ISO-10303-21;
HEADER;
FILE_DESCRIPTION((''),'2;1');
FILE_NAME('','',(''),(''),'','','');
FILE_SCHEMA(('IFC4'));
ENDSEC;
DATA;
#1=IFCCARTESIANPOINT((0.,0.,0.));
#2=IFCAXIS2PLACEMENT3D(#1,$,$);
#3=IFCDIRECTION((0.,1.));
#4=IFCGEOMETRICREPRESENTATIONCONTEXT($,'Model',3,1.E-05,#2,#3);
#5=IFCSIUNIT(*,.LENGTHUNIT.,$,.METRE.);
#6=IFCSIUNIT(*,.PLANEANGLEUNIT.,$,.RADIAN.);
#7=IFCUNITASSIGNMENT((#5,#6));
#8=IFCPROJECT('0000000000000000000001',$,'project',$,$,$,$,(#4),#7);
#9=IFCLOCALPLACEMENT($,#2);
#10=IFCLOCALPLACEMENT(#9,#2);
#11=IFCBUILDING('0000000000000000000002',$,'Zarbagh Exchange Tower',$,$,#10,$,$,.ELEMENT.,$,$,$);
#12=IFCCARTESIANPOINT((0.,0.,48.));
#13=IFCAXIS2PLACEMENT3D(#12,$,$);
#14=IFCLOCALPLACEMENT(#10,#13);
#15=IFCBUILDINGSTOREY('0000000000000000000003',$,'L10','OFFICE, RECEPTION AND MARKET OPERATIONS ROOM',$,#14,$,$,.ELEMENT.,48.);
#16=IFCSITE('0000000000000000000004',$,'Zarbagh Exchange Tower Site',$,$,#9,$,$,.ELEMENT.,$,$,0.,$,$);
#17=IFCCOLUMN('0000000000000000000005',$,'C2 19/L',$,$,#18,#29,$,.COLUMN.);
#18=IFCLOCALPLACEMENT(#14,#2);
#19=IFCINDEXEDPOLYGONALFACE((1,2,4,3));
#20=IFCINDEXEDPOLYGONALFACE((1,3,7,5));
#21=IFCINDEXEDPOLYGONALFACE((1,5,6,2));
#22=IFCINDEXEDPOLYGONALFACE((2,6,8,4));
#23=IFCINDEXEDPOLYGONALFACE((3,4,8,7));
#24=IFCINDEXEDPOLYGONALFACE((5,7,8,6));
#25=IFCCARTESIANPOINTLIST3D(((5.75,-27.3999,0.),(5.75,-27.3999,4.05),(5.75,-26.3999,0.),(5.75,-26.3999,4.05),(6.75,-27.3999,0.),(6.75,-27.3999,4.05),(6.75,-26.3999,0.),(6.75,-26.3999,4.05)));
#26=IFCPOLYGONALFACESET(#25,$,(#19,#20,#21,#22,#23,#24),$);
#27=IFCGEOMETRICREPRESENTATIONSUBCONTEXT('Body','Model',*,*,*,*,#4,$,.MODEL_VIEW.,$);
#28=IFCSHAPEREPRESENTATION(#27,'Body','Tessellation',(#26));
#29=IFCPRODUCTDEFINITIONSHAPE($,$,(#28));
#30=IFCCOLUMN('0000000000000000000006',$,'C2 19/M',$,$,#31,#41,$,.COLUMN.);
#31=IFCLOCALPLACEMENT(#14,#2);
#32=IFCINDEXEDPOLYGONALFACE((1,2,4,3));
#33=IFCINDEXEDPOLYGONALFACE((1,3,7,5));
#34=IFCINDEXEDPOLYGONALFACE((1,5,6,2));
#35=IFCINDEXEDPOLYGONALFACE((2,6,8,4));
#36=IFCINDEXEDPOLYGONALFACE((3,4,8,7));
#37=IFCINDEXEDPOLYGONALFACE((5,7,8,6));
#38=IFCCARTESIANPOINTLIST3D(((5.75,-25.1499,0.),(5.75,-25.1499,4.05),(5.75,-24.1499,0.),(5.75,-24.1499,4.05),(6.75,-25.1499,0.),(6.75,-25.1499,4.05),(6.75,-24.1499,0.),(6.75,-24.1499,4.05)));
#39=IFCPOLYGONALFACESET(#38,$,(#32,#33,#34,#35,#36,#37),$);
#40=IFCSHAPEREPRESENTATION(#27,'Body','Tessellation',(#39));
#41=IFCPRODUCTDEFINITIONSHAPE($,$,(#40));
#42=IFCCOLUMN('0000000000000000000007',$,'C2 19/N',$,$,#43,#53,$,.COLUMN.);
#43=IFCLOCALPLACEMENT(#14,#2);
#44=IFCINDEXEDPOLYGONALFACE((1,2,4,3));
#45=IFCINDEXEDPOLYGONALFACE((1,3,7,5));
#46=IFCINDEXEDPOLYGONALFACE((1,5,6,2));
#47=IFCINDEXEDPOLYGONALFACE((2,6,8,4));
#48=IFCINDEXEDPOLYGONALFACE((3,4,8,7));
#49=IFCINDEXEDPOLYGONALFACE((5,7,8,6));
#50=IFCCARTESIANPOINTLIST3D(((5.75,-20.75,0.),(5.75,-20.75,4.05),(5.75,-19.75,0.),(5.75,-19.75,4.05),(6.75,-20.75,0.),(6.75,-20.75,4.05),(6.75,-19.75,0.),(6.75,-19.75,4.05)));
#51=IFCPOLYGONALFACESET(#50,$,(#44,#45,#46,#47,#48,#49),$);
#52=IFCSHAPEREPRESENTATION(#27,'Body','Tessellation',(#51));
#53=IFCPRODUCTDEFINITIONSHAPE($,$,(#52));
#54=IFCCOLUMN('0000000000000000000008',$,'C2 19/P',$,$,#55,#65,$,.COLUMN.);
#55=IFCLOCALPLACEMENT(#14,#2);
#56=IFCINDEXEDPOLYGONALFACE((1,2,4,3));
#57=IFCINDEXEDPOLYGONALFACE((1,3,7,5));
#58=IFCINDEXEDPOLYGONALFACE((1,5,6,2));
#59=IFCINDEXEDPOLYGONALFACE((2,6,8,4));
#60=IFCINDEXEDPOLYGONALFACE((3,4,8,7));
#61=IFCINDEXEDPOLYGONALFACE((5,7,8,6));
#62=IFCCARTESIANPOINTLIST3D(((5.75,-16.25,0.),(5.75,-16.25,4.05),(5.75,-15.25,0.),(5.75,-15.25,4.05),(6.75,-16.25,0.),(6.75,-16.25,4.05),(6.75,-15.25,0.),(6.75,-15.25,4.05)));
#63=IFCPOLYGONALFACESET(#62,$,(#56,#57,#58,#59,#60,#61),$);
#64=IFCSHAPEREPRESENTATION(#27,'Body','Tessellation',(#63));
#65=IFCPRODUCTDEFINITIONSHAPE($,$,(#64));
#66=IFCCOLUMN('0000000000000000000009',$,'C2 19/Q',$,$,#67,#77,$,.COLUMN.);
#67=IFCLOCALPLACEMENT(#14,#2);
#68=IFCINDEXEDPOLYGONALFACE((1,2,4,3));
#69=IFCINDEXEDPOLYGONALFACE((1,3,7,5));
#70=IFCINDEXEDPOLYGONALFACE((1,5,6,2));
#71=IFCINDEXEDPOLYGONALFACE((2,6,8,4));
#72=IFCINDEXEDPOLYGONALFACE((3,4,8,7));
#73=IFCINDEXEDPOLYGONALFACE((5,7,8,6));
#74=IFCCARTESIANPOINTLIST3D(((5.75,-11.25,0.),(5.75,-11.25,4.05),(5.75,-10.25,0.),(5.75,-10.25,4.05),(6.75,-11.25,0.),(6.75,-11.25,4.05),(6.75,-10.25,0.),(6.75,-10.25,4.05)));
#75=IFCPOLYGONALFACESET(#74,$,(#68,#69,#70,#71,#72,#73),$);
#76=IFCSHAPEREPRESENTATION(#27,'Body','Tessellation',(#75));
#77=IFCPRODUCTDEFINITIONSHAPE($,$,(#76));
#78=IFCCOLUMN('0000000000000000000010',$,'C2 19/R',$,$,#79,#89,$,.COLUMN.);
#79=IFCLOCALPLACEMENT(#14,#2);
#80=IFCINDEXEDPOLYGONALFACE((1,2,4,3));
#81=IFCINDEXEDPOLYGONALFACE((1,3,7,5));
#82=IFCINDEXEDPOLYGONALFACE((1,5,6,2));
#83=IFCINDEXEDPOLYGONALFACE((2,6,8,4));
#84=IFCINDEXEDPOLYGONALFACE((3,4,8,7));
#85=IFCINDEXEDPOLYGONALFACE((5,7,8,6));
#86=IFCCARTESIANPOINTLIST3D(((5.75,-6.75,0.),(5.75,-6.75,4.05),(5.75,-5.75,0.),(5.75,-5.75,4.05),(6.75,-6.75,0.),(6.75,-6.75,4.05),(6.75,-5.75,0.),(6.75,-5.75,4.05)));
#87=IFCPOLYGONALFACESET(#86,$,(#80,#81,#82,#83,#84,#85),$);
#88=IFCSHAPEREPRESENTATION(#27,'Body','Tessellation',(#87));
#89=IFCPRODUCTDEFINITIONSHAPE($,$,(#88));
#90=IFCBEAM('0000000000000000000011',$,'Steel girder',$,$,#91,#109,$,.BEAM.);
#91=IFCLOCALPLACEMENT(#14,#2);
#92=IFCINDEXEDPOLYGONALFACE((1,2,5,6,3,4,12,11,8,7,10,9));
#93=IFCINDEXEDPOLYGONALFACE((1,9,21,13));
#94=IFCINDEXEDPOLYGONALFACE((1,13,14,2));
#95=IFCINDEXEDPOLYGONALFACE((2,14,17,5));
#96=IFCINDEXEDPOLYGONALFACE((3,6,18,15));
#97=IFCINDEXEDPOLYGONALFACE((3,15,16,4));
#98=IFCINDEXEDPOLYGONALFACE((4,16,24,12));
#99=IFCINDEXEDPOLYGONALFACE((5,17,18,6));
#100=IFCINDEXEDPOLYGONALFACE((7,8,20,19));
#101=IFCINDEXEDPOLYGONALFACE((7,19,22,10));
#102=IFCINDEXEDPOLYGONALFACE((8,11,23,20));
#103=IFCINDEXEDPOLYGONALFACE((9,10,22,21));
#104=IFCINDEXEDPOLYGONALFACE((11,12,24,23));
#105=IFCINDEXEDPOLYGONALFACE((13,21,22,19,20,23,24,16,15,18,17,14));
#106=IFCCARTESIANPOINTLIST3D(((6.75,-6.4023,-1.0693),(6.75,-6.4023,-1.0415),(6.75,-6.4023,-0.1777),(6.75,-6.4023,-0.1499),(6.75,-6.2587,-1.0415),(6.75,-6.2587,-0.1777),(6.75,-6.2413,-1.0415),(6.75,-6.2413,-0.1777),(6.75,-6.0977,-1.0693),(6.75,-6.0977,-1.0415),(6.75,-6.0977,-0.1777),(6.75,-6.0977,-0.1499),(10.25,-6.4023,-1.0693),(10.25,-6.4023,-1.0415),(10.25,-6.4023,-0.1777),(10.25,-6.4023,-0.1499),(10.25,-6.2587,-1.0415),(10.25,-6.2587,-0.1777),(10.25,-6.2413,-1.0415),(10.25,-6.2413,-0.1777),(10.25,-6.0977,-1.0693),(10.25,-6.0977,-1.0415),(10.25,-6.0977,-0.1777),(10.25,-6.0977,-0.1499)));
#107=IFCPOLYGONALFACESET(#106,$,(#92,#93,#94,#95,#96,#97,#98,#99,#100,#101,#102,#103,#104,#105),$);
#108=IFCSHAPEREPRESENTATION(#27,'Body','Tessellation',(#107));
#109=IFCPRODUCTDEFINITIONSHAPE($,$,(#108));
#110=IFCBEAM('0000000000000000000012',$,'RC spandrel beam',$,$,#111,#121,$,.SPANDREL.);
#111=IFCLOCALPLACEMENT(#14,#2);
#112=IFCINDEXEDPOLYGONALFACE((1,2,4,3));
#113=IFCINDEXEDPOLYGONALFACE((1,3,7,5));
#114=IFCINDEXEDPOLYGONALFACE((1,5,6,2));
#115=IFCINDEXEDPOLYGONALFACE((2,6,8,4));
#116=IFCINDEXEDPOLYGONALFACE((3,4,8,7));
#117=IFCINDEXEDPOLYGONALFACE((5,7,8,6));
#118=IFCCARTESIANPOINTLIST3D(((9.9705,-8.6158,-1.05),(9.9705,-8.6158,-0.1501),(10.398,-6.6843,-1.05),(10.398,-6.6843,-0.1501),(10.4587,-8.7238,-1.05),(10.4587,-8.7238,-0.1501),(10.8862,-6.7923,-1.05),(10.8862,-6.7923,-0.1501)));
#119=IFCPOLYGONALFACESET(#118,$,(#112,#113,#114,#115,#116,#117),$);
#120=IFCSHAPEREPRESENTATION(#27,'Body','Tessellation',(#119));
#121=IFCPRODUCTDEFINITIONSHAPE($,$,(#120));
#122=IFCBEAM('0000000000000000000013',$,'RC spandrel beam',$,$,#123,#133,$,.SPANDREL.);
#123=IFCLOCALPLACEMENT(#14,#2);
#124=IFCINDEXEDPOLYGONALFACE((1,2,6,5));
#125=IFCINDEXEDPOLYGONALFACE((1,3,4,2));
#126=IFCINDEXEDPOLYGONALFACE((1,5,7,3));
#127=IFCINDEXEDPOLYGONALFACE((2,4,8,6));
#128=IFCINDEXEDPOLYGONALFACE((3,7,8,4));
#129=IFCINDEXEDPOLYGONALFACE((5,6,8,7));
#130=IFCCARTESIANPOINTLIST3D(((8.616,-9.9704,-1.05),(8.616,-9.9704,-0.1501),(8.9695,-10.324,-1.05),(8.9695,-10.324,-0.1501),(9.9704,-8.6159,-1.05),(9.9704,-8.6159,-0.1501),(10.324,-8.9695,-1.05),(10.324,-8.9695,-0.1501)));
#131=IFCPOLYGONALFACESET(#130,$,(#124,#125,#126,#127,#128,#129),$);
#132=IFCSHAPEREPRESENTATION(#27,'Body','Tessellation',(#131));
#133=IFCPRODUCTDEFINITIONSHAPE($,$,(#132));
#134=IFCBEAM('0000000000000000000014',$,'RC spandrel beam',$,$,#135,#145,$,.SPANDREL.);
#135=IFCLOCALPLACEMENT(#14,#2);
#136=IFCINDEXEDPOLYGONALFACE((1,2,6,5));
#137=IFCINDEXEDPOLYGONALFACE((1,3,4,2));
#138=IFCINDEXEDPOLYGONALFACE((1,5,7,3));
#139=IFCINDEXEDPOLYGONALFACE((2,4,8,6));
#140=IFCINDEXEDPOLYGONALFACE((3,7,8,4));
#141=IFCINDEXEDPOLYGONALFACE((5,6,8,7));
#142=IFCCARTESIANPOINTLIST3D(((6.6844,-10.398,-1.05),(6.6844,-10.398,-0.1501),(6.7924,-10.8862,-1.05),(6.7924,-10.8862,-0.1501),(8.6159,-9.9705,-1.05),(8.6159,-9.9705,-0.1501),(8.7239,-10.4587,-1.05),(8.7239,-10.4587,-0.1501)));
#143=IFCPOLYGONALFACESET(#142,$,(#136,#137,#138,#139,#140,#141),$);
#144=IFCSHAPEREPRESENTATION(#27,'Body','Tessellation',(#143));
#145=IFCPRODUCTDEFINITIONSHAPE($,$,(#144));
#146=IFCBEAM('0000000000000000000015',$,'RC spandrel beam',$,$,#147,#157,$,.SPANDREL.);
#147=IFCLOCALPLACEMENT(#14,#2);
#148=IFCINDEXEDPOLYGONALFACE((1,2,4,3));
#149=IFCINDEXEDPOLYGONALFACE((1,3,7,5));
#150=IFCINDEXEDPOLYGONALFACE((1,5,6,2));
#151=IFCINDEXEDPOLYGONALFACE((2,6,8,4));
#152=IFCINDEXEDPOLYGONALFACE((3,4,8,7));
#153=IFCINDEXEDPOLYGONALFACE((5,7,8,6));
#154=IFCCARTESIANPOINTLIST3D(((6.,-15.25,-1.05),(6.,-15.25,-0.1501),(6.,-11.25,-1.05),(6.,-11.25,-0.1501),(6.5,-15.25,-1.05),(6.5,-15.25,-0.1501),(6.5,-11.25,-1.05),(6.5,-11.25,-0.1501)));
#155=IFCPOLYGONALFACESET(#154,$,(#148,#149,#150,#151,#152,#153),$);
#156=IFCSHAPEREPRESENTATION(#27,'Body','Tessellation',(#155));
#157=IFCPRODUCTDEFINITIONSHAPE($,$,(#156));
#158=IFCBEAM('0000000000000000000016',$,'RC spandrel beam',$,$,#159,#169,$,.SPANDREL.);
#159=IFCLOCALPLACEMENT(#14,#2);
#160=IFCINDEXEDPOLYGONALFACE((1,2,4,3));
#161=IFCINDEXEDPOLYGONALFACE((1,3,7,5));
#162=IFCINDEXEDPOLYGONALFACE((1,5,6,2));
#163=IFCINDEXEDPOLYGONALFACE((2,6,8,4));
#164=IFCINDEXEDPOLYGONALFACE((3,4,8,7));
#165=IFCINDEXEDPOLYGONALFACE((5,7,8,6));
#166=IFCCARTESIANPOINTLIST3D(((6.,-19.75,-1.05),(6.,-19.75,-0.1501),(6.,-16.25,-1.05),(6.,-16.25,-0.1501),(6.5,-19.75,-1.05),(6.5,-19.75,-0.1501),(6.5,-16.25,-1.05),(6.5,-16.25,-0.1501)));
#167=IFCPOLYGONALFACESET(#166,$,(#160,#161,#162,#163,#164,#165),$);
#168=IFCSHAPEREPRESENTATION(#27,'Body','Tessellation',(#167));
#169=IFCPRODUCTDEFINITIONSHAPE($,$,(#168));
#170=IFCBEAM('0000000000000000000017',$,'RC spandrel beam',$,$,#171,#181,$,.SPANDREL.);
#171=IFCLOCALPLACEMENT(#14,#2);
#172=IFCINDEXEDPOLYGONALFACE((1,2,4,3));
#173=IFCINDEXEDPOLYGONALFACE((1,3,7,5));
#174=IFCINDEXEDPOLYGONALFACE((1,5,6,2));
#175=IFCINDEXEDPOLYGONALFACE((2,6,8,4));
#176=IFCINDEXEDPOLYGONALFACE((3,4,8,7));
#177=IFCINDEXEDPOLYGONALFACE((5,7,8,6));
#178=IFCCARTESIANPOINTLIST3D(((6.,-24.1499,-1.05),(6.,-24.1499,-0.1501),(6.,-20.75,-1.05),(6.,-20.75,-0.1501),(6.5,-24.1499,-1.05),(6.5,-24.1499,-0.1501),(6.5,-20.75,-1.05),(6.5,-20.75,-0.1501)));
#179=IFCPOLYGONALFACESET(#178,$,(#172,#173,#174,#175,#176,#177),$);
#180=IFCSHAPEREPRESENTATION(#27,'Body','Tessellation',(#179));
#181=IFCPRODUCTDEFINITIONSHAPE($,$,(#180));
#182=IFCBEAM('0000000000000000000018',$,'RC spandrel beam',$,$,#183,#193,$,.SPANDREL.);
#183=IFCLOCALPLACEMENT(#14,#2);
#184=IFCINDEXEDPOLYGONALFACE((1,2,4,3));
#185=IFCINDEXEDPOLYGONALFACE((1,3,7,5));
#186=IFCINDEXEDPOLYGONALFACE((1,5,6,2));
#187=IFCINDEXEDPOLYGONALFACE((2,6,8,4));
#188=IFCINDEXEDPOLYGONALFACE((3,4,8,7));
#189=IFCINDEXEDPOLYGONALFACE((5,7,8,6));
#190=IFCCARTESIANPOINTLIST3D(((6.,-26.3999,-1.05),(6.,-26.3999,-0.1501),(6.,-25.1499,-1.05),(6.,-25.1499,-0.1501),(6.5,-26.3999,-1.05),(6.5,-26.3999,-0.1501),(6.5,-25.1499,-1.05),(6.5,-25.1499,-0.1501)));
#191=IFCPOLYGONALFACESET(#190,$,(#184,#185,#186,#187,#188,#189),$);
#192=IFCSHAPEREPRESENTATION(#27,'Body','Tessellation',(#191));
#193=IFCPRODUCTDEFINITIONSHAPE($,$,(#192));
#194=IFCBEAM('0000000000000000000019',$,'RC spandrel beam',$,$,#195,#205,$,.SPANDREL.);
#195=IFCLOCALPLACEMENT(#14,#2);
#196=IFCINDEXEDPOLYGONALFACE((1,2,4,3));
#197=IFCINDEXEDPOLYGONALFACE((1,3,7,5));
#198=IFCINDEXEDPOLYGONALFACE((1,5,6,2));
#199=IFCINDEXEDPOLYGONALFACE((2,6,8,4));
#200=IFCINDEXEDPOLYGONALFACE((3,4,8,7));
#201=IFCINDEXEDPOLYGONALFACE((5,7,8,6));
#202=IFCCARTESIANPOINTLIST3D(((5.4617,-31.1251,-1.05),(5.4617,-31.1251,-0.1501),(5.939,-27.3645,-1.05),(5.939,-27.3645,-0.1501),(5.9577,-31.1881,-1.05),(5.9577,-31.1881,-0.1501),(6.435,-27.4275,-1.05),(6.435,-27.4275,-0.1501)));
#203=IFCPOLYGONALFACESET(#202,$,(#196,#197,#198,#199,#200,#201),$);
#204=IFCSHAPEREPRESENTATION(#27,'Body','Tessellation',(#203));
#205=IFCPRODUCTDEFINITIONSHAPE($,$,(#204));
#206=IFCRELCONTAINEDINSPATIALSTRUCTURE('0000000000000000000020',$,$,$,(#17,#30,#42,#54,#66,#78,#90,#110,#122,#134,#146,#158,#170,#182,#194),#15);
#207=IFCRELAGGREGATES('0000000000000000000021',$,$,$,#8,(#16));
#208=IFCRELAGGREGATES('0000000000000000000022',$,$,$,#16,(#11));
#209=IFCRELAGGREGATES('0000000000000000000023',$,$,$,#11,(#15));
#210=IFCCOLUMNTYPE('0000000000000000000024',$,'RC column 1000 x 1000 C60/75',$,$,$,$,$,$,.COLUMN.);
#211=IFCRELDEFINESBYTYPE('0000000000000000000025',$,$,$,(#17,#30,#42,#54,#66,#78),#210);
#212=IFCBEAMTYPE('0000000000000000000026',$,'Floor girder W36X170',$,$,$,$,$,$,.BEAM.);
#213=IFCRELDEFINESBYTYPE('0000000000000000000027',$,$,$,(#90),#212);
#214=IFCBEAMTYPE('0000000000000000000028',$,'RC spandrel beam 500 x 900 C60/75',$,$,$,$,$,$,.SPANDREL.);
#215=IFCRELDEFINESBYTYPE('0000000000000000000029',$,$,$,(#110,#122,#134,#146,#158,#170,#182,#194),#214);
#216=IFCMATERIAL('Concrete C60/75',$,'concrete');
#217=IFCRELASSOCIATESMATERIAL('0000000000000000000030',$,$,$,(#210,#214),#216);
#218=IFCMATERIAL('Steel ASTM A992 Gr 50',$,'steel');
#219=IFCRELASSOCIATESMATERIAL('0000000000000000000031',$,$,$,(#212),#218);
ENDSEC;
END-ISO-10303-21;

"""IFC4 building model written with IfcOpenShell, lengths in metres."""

from ifc_helpers import new_model, si_unit, direction, frame, origin, origin_2d, place, context, subcontext, project, spatial, rectangle, i_section, extrude, material, material_profile, profile_set, type_object, element, save


model = new_model("IFC4")

# Units and contexts
model_context = context("Model", 3, precision=1e-05, world=origin(), true_north=direction((0.0, 1.0)))
body_context = subcontext(model_context, "Body", "Model", "MODEL_VIEW")
ifc_project = project(units=[si_unit("LENGTHUNIT", "METRE"), si_unit("PLANEANGLEUNIT", "RADIAN")], contexts=[model_context])

# Site, building, storey
site_placement = place(None, origin())
site = spatial("IfcSite", under=ifc_project, at=site_placement, Name="Zarbagh Exchange Tower Site", CompositionType="ELEMENT", RefElevation=0.0)
building_placement = place(site_placement, origin())
building = spatial("IfcBuilding", under=site, at=building_placement, Name="Zarbagh Exchange Tower", CompositionType="ELEMENT")
storey_placement = place(building_placement, frame((0.0, 0.0, 48.0)))
storey = spatial("IfcBuildingStorey", under=building, at=storey_placement, Name="L10", Description="OFFICE, RECEPTION AND MARKET OPERATIONS ROOM", CompositionType="ELEMENT", Elevation=48.0)

# Columns
ifc_material_1 = material(Name="Concrete C60/75", Category="concrete")
ifc_material_profile_1 = material_profile(ifc_material_1, rectangle(XDim=1.0, YDim=1.0, at=origin_2d()), Name="RC column 1000 x 1000 C60/75")
ifc_profile_set_1 = profile_set([ifc_material_profile_1], Name="Concrete C60/75")
column_type = type_object("IfcColumnType", Name="RC column 1000 x 1000 C60/75", PredefinedType="COLUMN", material=ifc_profile_set_1)
for number, where, z_axis, x_axis, name in (
    (1, (6.25, -26.8999, 0.0), (0.0, 0.0, 1.0), (1.0, 0.0, 0.0), "C2 19/L"),
    (2, (6.25, -24.6499, 0.0), (0.0, 0.0, 1.0), (1.0, 0.0, 0.0), "C2 19/M"),
    (3, (6.25, -20.25, 0.0), (0.0, 0.0, 1.0), (1.0, 0.0, 0.0), "C2 19/N"),
    (4, (6.25, -15.75, 0.0), (0.0, 0.0, 1.0), (1.0, 0.0, 0.0), "C2 19/P"),
    (5, (6.25, -10.75, 0.0), (0.0, 0.0, 1.0), (1.0, 0.0, 0.0), "C2 19/Q"),
    (6, (6.25, -6.25, 0.0), (0.0, 0.0, 1.0), (1.0, 0.0, 0.0), "C2 19/R"),
):
    element("IfcColumn", number, at=place(storey_placement, frame(where, z_axis=z_axis, x_axis=x_axis)), inside=storey, type_object=column_type, Name=name, PredefinedType="COLUMN", context=body_context, shape_type="SweptSolid", body=[
        extrude(rectangle(XDim=1.0, YDim=1.0, at=origin_2d()), origin(), (0.0, 0.0, 1.0), 4.05),
    ])

# Beams
ifc_material_2 = material(Name="Steel ASTM A992 Gr 50", Category="steel")
ifc_material_profile_2 = material_profile(ifc_material_2, i_section(OverallWidth=0.3047, OverallDepth=0.9194, WebThickness=0.0173, FlangeThickness=0.0278, at=origin_2d()), Name="W36X170")
ifc_profile_set_2 = profile_set([ifc_material_profile_2], Name="Steel ASTM A992 Gr 50")
beam_type_1 = type_object("IfcBeamType", Name="Floor girder W36X170", PredefinedType="BEAM", material=ifc_profile_set_2)
beam_1_placement = place(storey_placement, frame((6.75, -6.25, -0.6096), z_axis=(1.0, 0.0, 0.0), x_axis=(0.0, 1.0, 0.0)))
element("IfcBeam", 7, at=beam_1_placement, inside=storey, type_object=beam_type_1, Name="Steel girder", PredefinedType="BEAM", context=body_context, shape_type="SweptSolid", body=[
    extrude(i_section(OverallWidth=0.3047, OverallDepth=0.9194, WebThickness=0.0173, FlangeThickness=0.0278, at=origin_2d()), origin(), (0.0, 0.0, 1.0), 3.5),
])
ifc_material_profile_3 = material_profile(ifc_material_1, rectangle(XDim=0.5, YDim=0.8999, at=origin_2d()), Name="RC spandrel beam 500 x 900 C60/75")
ifc_profile_set_3 = profile_set([ifc_material_profile_3], Name="Concrete C60/75")
beam_type_2 = type_object("IfcBeamType", Name="RC spandrel beam 500 x 900 C60/75", PredefinedType="SPANDREL", material=ifc_profile_set_3)
beam_2_placement = place(storey_placement, frame((10.6421, -6.7383, -0.6001), z_axis=(-0.216081, -0.976375, 0.0), x_axis=(0.976375, -0.216081, 0.0)))
element("IfcBeam", 8, at=beam_2_placement, inside=storey, type_object=beam_type_2, Name="RC spandrel beam", PredefinedType="SPANDREL", context=body_context, shape_type="SweptSolid", body=[
    extrude(rectangle(XDim=0.5, YDim=0.8999, at=origin_2d()), origin(), (0.0, 0.0, 1.0), 1.9783),
])
beam_3_placement = place(storey_placement, frame((10.1472, -8.7927, -0.6001), z_axis=(-0.707107, -0.707107, 0.0), x_axis=(0.707107, -0.707107, 0.0)))
element("IfcBeam", 9, at=beam_3_placement, inside=storey, type_object=beam_type_2, Name="RC spandrel beam", PredefinedType="SPANDREL", context=body_context, shape_type="SweptSolid", body=[
    extrude(rectangle(XDim=0.5, YDim=0.8999, at=origin_2d()), origin(), (0.0, 0.0, 1.0), 1.9155),
])
beam_4_placement = place(storey_placement, frame((8.6699, -10.2146, -0.6001), z_axis=(-0.976375, -0.216081, 0.0), x_axis=(0.216081, -0.976375, 0.0)))
element("IfcBeam", 10, at=beam_4_placement, inside=storey, type_object=beam_type_2, Name="RC spandrel beam", PredefinedType="SPANDREL", context=body_context, shape_type="SweptSolid", body=[
    extrude(rectangle(XDim=0.5, YDim=0.8999, at=origin_2d()), origin(), (0.0, 0.0, 1.0), 1.9783),
])
beam_5_placement = place(storey_placement, frame((6.25, -11.25, -0.6001), z_axis=(0.0, -1.0, 0.0), x_axis=(1.0, 0.0, 0.0)))
element("IfcBeam", 11, at=beam_5_placement, inside=storey, type_object=beam_type_2, Name="RC spandrel beam", PredefinedType="SPANDREL", context=body_context, shape_type="SweptSolid", body=[
    extrude(rectangle(XDim=0.5, YDim=0.8999, at=origin_2d()), origin(), (0.0, 0.0, 1.0), 4.0),
])
beam_6_placement = place(storey_placement, frame((6.25, -16.25, -0.6001), z_axis=(0.0, -1.0, 0.0), x_axis=(1.0, 0.0, 0.0)))
element("IfcBeam", 12, at=beam_6_placement, inside=storey, type_object=beam_type_2, Name="RC spandrel beam", PredefinedType="SPANDREL", context=body_context, shape_type="SweptSolid", body=[
    extrude(rectangle(XDim=0.5, YDim=0.8999, at=origin_2d()), origin(), (0.0, 0.0, 1.0), 3.5),
])
beam_7_placement = place(storey_placement, frame((6.25, -20.75, -0.6001), z_axis=(0.0, -1.0, 0.0), x_axis=(1.0, 0.0, 0.0)))
element("IfcBeam", 13, at=beam_7_placement, inside=storey, type_object=beam_type_2, Name="RC spandrel beam", PredefinedType="SPANDREL", context=body_context, shape_type="SweptSolid", body=[
    extrude(rectangle(XDim=0.5, YDim=0.8999, at=origin_2d()), origin(), (0.0, 0.0, 1.0), 3.3999),
])
beam_8_placement = place(storey_placement, frame((6.25, -25.1499, -0.6001), z_axis=(0.0, -1.0, 0.0), x_axis=(1.0, 0.0, 0.0)))
element("IfcBeam", 14, at=beam_8_placement, inside=storey, type_object=beam_type_2, Name="RC spandrel beam", PredefinedType="SPANDREL", context=body_context, shape_type="SweptSolid", body=[
    extrude(rectangle(XDim=0.5, YDim=0.8999, at=origin_2d()), origin(), (0.0, 0.0, 1.0), 1.25),
])
beam_9_placement = place(storey_placement, frame((6.187, -27.396, -0.6001), z_axis=(-0.125913, -0.992041, 0.0), x_axis=(0.992041, -0.125913, 0.0)))
element("IfcBeam", 15, at=beam_9_placement, inside=storey, type_object=beam_type_2, Name="RC spandrel beam", PredefinedType="SPANDREL", context=body_context, shape_type="SweptSolid", body=[
    extrude(rectangle(XDim=0.5, YDim=0.8999, at=origin_2d()), origin(), (0.0, 0.0, 1.0), 3.7908),
])

save(model, "model.ifc")
